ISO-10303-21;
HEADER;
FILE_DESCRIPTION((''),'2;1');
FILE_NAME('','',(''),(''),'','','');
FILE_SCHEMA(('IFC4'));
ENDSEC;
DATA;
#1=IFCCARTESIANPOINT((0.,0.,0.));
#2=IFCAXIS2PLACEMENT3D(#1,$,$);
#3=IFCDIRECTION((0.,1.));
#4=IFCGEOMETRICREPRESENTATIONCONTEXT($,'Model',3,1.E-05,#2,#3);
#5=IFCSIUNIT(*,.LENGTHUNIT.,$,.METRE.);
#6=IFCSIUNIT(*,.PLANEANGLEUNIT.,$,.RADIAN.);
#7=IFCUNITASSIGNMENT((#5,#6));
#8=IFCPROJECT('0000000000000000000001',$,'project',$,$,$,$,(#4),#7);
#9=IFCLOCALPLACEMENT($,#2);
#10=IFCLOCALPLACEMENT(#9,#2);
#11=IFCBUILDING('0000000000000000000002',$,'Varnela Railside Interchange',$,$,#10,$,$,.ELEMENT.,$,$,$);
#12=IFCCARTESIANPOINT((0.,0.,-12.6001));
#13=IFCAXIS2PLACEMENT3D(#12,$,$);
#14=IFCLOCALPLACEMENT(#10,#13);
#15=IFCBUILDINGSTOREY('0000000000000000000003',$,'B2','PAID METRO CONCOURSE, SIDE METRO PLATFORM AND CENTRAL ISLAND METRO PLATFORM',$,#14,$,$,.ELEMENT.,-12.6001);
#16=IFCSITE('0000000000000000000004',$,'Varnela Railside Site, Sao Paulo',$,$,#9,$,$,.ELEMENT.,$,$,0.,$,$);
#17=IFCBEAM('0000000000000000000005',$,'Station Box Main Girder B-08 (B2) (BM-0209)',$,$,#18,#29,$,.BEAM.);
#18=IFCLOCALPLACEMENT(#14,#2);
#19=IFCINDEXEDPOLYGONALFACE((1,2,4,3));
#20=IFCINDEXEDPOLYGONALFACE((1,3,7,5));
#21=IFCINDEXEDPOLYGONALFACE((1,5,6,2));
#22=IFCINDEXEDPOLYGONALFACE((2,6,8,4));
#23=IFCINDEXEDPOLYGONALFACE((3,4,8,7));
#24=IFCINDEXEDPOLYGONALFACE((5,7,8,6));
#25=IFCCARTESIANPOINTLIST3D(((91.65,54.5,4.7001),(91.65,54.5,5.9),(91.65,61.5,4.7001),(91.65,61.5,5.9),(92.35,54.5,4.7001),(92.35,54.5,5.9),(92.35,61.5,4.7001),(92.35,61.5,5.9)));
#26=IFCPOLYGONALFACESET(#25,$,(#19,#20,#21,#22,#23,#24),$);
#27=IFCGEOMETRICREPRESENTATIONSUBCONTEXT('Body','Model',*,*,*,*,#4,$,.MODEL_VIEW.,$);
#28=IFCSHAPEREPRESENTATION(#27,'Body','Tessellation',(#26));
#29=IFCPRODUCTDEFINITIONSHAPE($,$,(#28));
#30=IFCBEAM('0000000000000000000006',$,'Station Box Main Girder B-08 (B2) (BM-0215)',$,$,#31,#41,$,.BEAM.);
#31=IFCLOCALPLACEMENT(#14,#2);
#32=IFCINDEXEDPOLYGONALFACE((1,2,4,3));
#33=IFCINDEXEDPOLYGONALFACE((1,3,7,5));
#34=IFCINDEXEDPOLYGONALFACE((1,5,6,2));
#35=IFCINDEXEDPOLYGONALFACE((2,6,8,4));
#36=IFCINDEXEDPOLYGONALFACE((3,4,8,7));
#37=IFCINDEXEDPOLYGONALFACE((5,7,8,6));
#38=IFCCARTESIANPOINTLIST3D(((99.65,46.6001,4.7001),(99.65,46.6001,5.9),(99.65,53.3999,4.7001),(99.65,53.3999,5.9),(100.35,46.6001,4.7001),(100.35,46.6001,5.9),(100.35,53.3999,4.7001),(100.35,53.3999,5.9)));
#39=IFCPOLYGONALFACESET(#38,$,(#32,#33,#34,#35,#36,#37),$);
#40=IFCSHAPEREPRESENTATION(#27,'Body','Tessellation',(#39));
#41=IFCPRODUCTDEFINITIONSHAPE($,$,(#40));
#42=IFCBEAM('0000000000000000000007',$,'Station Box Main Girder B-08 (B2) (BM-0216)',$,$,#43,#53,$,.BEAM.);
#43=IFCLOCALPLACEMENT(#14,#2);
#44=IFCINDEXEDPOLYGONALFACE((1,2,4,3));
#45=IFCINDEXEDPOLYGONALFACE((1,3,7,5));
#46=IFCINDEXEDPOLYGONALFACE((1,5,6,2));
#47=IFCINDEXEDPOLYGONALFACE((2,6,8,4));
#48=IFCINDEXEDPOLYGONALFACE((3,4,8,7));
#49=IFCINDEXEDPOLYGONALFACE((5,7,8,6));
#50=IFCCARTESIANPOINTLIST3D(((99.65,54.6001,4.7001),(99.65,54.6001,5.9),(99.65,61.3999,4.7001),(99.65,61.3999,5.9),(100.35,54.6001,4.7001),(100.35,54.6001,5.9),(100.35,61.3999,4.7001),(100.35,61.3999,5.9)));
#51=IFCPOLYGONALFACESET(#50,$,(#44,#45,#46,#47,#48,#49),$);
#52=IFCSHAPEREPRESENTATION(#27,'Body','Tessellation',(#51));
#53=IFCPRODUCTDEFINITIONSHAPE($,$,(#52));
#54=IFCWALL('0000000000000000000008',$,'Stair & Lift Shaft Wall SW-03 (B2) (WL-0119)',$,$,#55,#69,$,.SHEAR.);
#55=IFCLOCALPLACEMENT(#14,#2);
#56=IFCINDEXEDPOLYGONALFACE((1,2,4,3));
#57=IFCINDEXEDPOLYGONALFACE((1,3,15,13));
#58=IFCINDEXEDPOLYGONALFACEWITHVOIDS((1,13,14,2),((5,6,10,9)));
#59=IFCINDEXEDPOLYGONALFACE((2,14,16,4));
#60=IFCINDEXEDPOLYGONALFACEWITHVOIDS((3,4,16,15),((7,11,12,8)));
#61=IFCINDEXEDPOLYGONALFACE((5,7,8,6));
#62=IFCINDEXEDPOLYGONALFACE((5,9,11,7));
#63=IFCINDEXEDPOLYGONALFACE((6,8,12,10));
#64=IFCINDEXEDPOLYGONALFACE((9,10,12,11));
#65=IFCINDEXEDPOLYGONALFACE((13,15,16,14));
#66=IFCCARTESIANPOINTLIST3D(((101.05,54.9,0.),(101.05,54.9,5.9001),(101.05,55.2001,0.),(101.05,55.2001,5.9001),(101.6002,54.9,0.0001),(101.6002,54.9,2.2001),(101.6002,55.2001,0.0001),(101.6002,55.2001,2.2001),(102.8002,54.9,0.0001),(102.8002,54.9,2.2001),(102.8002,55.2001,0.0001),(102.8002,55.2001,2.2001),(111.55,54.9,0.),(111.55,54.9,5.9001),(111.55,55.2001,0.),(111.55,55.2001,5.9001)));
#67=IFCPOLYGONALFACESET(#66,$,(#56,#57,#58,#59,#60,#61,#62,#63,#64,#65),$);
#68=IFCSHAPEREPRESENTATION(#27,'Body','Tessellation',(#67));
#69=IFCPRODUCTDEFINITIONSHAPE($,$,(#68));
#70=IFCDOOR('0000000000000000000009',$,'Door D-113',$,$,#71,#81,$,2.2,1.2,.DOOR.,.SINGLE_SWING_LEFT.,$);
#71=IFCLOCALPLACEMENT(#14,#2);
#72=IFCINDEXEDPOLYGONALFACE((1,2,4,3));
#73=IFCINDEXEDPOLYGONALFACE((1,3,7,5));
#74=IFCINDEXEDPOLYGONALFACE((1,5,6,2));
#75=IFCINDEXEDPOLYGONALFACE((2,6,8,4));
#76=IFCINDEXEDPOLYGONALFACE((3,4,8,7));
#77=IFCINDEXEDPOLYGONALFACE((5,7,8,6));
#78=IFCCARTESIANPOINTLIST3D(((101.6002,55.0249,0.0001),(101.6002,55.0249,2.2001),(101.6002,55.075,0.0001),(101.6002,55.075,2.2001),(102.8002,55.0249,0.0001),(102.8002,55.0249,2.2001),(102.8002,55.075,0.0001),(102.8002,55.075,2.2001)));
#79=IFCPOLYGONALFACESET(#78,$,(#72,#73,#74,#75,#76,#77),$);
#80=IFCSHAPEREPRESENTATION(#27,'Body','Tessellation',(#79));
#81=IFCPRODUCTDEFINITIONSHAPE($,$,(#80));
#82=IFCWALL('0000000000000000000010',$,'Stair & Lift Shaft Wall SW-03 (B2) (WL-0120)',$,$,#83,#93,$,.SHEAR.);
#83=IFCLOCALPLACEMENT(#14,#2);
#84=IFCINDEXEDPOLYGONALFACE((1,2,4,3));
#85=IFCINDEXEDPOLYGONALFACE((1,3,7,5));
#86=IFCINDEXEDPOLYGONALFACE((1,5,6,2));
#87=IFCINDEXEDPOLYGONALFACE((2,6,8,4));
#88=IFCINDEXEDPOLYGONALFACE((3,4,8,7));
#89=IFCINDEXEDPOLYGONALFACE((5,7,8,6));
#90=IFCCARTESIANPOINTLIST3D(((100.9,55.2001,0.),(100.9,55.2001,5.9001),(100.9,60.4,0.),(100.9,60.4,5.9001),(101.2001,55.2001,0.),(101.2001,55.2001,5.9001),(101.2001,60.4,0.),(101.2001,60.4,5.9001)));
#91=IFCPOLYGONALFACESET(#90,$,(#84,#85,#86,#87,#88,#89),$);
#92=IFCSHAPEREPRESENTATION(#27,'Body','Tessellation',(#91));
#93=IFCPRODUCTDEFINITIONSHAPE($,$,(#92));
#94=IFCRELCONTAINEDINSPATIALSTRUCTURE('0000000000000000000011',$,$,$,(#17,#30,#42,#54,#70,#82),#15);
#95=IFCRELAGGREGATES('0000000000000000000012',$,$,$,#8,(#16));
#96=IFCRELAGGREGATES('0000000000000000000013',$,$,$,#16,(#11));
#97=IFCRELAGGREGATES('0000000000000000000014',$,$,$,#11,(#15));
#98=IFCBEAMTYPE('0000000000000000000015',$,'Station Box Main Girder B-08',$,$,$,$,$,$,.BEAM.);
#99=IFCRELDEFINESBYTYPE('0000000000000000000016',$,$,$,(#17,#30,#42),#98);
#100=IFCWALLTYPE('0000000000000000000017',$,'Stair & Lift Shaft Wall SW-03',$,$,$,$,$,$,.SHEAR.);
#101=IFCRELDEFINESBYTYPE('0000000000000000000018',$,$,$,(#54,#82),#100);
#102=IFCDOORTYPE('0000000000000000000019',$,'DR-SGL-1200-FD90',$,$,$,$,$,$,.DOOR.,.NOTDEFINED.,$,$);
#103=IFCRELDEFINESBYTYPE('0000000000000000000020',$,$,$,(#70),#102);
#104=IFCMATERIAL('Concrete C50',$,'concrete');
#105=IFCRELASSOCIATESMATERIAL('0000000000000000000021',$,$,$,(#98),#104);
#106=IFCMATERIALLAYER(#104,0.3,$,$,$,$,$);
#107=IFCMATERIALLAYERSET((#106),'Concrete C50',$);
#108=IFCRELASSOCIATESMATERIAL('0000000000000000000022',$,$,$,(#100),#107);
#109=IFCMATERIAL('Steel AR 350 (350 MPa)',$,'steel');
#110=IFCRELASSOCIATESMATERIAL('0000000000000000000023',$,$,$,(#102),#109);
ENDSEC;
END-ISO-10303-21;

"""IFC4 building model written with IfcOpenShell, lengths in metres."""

from ifc_helpers import new_model, si_unit, direction, frame, frame_2d, origin, origin_2d, place, context, subcontext, project, spatial, rectangle, extrude, material, layer, layer_set, material_profile, profile_set, type_object, element, fill, save


model = new_model("IFC4")

# Units and contexts
model_context = context("Model", 3, precision=1e-05, world=origin(), true_north=direction((0.0, 1.0)))
body_context = subcontext(model_context, "Body", "Model", "MODEL_VIEW")
ifc_project = project(units=[si_unit("LENGTHUNIT", "METRE"), si_unit("PLANEANGLEUNIT", "RADIAN")], contexts=[model_context])

# Site, building, storey
site_placement = place(None, origin())
site = spatial("IfcSite", under=ifc_project, at=site_placement, Name="Varnela Railside Site, Sao Paulo", CompositionType="ELEMENT", RefElevation=0.0)
building_placement = place(site_placement, origin())
building = spatial("IfcBuilding", under=site, at=building_placement, Name="Varnela Railside Interchange", CompositionType="ELEMENT")
storey_placement = place(building_placement, frame((0.0, 0.0, -12.6001)))
storey = spatial("IfcBuildingStorey", under=building, at=storey_placement, Name="B2", Description="PAID METRO CONCOURSE, SIDE METRO PLATFORM AND CENTRAL ISLAND METRO PLATFORM", CompositionType="ELEMENT", Elevation=-12.6001)

# Shared definitions
ifc_material_1 = material(Name="Concrete C50", Category="concrete")

# Beams
ifc_material_profile_1 = material_profile(ifc_material_1, rectangle(XDim=0.7, YDim=1.2, at=origin_2d()), Name="RC 700x1200")
ifc_profile_set_1 = profile_set([ifc_material_profile_1], Name="Concrete C50")
beam_type_1 = type_object("IfcBeamType", Name="Station Box Main Girder B-08", PredefinedType="BEAM", material=ifc_profile_set_1)
beam_1_placement = place(storey_placement, frame((92.0, 54.5, 5.3), z_axis=(0.0, 1.0, 0.0), x_axis=(-1.0, 0.0, 0.0)))
element("IfcBeam", 1, at=beam_1_placement, inside=storey, type_object=beam_type_1, Name="Station Box Main Girder B-08 (B2) (BM-0209)", PredefinedType="BEAM", context=body_context, shape_type="SweptSolid", body=[
    extrude(rectangle(XDim=0.7, YDim=1.2, at=origin_2d()), origin(), (0.0, 0.0, 1.0), 7.0),
])
for number, where, z_axis, x_axis, name in (
    (2, (100.0, 46.6001, 5.3), (0.0, 1.0, 0.0), (-1.0, 0.0, 0.0), "Station Box Main Girder B-08 (B2) (BM-0215)"),
    (3, (100.0, 54.6001, 5.3), (0.0, 1.0, 0.0), (-1.0, 0.0, 0.0), "Station Box Main Girder B-08 (B2) (BM-0216)"),
):
    element("IfcBeam", number, at=place(storey_placement, frame(where, z_axis=z_axis, x_axis=x_axis)), inside=storey, type_object=beam_type_1, Name=name, PredefinedType="BEAM", context=body_context, shape_type="SweptSolid", body=[
        extrude(rectangle(XDim=0.7, YDim=1.2, at=origin_2d()), origin(), (0.0, 0.0, 1.0), 6.7998),
    ])

# Wall, opening, door
ifc_layer = layer(ifc_material_1, 0.3)
ifc_layer_set = layer_set([ifc_layer], Name="Concrete C50")
wall_type = type_object("IfcWallType", Name="Stair & Lift Shaft Wall SW-03", PredefinedType="SHEAR", material=ifc_layer_set)
wall_1_placement = place(storey_placement, frame((101.05, 55.05, 0.0), z_axis=(0.0, 0.0, 1.0), x_axis=(1.0, 0.0, 0.0)))
wall_1 = element("IfcWall", 4, at=wall_1_placement, inside=storey, type_object=wall_type, Name="Stair & Lift Shaft Wall SW-03 (B2) (WL-0119)", PredefinedType="SHEAR", context=body_context, shape_type="SweptSolid", body=[
    extrude(rectangle(XDim=10.5, YDim=0.3, at=frame_2d((5.25, 0.0))), origin(), (0.0, 0.0, 1.0), 5.9001),
])
opening_placement = place(wall_1_placement, frame((0.55, 0.0, 0.0)))
opening = element("IfcOpeningElement", 5, at=opening_placement, cuts=wall_1, PredefinedType="OPENING", context=body_context, shape_type="SweptSolid", body=[
    extrude(rectangle(XDim=1.2, YDim=2.2, at=frame_2d((0.6001, 1.1001))), frame((0.0, 0.1599, 0.0), z_axis=(0.0, -1.0, 0.0), x_axis=(1.0, 0.0, 0.0)), (0.0, 0.0, 1.0), 0.3201),
])
ifc_material_2 = material(Name="Steel AR 350 (350 MPa)", Category="steel")
door_type = type_object("IfcDoorType", Name="DR-SGL-1200-FD90", OperationType="NOTDEFINED", PredefinedType="DOOR", material=ifc_material_2)
door_placement = place(opening_placement, origin())
door = element("IfcDoor", 6, at=door_placement, inside=storey, type_object=door_type, Name="Door D-113", OperationType="SINGLE_SWING_LEFT", OverallHeight=2.2, OverallWidth=1.2, PredefinedType="DOOR", context=body_context, shape_type="SweptSolid", body=[
    extrude(rectangle(XDim=1.2, YDim=2.2, at=frame_2d((0.6001, 1.1001))), frame((0.0, 0.0249, 0.0), z_axis=(0.0, -1.0, 0.0), x_axis=(1.0, 0.0, 0.0)), (0.0, 0.0, 1.0), 0.05),
])
fill(opening, door)

# Wall
wall_2_placement = place(storey_placement, frame((101.05, 55.2, 0.0), z_axis=(0.0, 0.0, 1.0), x_axis=(0.0, 1.0, 0.0)))
element("IfcWall", 7, at=wall_2_placement, inside=storey, type_object=wall_type, Name="Stair & Lift Shaft Wall SW-03 (B2) (WL-0120)", PredefinedType="SHEAR", context=body_context, shape_type="SweptSolid", body=[
    extrude(rectangle(XDim=5.2, YDim=0.3, at=frame_2d((2.6001, 0.0))), origin(), (0.0, 0.0, 1.0), 5.9001),
])

save(model, "model.ifc")
